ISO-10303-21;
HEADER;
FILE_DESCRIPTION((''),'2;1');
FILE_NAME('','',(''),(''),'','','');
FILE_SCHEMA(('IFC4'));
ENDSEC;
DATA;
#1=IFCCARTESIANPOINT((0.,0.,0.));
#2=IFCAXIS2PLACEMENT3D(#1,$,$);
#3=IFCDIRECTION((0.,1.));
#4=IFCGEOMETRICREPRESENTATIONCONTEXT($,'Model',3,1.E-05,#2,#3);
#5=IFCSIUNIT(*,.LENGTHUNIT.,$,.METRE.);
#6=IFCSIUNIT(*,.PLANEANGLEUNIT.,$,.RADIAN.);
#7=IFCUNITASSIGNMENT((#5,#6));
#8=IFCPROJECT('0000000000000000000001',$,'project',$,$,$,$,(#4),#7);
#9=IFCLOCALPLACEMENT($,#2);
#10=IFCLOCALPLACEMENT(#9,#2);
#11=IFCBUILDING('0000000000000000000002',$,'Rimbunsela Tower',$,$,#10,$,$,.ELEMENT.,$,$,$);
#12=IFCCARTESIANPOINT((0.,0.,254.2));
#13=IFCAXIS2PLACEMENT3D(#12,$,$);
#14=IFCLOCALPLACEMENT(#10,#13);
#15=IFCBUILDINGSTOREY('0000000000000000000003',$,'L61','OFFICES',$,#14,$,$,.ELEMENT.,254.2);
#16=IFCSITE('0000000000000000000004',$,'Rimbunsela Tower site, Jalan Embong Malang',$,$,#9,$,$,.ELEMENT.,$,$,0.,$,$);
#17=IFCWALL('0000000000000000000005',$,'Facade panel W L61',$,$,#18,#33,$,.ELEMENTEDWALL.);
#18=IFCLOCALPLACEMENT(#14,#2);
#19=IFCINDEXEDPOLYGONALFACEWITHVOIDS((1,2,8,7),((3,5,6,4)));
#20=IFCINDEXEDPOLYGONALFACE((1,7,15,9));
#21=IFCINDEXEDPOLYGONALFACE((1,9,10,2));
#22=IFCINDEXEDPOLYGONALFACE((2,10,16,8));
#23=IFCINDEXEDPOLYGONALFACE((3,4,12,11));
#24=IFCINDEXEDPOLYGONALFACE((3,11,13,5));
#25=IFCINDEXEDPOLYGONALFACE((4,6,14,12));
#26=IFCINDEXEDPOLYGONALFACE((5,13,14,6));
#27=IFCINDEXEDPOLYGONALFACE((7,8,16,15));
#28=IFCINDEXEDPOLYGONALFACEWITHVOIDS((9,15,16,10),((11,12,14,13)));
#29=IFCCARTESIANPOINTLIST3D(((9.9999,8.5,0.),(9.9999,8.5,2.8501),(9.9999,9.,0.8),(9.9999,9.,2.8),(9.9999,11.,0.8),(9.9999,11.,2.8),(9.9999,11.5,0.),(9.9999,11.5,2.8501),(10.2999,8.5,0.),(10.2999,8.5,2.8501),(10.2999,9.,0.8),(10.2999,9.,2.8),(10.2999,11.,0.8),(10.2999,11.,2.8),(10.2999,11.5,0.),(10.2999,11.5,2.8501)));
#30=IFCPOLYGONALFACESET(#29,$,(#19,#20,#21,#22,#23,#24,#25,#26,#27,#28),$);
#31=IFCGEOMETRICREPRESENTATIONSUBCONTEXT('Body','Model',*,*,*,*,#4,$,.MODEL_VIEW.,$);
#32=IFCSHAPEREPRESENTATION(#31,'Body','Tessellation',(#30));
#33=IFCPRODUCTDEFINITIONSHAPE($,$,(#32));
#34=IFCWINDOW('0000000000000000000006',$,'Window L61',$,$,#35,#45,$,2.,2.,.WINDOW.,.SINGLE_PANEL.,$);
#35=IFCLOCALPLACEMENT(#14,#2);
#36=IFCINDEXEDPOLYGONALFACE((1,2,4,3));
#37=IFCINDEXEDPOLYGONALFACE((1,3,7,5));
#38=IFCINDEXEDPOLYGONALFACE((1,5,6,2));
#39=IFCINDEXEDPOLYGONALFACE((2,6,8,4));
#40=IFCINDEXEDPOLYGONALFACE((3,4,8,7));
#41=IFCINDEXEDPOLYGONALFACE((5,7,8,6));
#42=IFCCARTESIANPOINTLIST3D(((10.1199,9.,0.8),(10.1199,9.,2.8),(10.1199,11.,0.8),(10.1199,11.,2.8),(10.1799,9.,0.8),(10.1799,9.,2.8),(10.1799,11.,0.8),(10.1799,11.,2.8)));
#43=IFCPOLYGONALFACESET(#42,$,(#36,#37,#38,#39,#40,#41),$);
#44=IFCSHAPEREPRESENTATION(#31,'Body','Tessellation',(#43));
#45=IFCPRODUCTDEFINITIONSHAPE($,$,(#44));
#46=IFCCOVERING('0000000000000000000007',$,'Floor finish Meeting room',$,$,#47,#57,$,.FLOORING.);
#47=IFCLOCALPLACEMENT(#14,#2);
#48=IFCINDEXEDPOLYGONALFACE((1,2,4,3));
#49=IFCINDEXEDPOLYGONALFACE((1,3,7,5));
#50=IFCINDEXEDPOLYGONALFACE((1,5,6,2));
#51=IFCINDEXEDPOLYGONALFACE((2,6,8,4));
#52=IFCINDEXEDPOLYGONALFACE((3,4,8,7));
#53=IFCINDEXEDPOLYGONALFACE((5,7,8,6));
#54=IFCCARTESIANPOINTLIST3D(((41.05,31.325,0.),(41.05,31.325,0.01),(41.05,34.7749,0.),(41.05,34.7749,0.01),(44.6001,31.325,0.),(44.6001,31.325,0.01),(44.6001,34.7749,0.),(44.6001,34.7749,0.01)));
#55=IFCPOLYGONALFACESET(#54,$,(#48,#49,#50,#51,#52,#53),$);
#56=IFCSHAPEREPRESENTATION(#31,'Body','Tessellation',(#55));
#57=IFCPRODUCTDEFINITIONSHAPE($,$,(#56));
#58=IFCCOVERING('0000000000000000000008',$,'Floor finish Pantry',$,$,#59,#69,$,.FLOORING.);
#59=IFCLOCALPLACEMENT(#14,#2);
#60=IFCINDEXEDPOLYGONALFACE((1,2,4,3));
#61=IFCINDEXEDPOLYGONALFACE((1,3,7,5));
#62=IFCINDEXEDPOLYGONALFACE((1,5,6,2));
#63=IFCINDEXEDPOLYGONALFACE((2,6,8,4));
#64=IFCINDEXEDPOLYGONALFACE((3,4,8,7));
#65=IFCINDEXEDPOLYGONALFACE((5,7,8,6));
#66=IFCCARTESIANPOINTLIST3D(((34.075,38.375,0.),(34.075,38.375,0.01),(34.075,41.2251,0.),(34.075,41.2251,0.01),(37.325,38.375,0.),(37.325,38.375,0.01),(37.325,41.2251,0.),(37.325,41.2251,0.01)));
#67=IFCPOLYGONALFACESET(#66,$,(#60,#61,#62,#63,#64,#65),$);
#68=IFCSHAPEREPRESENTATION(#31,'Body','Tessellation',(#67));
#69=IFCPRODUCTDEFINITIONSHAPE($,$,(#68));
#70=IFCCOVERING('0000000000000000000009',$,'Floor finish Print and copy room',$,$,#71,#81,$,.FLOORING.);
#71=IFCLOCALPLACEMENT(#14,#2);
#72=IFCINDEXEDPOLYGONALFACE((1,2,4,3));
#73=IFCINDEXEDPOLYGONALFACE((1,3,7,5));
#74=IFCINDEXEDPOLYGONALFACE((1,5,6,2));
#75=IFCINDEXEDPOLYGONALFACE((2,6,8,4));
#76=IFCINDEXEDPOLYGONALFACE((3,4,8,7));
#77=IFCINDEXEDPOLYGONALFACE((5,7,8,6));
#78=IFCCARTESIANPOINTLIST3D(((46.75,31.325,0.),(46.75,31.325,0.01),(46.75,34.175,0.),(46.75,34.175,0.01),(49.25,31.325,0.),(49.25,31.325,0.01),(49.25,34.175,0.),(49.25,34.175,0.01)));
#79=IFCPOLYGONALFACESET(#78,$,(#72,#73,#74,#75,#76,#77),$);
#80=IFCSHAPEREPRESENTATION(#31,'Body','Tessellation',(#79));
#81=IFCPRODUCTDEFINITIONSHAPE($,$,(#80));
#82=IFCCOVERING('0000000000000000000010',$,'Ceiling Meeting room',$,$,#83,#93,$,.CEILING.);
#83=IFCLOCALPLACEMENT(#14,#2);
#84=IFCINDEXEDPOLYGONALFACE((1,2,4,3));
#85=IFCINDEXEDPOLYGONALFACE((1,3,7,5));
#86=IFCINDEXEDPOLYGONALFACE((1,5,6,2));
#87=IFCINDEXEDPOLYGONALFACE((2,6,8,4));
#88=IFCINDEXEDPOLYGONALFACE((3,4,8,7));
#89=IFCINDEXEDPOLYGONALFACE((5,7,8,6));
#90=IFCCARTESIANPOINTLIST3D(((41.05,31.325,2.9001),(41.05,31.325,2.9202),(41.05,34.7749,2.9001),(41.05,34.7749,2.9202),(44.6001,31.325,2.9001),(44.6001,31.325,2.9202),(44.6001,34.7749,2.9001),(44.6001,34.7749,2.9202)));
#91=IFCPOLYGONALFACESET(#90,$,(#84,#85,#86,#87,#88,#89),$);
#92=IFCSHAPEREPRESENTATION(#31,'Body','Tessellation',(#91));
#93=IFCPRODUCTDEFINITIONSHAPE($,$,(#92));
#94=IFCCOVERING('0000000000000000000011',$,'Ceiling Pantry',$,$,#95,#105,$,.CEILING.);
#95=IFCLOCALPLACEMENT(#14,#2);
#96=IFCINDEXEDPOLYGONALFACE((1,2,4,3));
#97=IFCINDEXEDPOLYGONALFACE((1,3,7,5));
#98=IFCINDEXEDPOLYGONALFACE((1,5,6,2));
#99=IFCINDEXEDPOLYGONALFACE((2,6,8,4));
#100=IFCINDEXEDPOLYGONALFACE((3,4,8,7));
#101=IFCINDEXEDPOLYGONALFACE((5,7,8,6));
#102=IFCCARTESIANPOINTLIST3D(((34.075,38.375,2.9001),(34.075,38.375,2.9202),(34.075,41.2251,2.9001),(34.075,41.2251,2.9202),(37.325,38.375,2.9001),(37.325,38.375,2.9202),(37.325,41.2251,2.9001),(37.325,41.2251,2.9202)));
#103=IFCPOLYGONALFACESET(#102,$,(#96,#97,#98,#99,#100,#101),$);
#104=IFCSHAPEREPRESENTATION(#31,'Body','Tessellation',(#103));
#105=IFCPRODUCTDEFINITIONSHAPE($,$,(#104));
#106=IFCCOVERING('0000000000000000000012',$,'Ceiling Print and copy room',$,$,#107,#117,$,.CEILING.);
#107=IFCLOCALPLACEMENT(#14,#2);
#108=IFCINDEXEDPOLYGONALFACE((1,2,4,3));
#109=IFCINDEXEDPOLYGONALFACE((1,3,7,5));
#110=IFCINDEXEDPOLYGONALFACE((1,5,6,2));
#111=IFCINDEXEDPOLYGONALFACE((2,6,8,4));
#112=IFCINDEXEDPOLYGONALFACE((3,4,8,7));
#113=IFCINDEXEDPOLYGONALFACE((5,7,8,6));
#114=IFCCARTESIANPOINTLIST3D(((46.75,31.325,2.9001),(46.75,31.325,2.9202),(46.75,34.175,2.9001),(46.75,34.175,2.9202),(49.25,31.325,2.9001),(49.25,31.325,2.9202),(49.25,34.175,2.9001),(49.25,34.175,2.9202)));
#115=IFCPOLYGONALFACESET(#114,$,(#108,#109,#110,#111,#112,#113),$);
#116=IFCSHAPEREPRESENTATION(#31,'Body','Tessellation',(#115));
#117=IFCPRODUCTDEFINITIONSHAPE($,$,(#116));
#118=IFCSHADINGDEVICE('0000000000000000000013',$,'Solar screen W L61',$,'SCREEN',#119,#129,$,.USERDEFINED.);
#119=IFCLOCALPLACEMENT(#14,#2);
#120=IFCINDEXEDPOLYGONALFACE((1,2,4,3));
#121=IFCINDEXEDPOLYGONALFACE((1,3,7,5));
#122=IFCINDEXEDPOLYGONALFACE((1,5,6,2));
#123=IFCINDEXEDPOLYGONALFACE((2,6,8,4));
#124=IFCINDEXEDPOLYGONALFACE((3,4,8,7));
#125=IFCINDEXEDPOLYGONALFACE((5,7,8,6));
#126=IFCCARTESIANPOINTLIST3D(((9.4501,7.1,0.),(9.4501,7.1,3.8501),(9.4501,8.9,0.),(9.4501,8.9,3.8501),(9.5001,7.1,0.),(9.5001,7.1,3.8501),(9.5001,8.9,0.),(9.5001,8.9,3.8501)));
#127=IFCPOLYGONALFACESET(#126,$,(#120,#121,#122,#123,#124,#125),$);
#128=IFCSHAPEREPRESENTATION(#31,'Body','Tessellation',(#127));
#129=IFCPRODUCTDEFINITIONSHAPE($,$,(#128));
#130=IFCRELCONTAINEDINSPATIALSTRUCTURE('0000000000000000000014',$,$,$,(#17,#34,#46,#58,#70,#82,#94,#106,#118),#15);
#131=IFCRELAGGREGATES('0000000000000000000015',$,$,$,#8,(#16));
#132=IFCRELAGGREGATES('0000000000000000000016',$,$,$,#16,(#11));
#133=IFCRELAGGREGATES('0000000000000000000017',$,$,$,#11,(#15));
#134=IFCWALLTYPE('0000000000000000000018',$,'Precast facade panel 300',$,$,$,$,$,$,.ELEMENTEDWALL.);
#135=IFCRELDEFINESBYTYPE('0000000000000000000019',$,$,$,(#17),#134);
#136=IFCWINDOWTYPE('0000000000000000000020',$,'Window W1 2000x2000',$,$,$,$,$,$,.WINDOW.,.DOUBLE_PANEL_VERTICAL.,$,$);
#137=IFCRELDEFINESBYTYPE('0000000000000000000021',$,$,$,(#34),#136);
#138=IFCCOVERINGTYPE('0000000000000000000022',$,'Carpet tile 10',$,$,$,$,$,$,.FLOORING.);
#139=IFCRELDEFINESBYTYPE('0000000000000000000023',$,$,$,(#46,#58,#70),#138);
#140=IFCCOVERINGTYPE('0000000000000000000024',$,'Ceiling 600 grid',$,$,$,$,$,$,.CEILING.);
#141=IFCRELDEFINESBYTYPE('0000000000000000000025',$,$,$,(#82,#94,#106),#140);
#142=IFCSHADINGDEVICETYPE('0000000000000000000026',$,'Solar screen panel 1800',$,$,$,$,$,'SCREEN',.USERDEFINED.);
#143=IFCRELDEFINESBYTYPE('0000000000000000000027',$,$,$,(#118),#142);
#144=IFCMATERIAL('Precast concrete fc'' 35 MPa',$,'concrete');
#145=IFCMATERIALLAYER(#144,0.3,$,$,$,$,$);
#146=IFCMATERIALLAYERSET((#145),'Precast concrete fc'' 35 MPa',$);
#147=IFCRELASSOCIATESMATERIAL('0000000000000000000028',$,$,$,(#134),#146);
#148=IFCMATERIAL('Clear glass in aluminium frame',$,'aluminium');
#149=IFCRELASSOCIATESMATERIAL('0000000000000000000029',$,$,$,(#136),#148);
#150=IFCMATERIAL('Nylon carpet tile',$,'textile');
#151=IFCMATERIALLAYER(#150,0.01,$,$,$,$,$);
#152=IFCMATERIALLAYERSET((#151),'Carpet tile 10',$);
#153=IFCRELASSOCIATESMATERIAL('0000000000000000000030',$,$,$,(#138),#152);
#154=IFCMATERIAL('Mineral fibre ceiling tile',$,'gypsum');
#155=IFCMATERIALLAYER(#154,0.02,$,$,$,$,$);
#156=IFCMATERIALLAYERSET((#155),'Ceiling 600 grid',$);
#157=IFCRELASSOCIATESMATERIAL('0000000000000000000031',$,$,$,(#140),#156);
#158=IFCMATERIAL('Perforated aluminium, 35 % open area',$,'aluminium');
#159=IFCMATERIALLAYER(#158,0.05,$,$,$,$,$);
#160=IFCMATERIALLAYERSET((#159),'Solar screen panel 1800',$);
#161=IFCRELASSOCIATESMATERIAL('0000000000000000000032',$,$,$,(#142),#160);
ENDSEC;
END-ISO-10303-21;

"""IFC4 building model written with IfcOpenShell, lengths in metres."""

from ifc_helpers import new_model, si_unit, direction, frame, frame_2d, origin, origin_2d, place, context, subcontext, project, spatial, polyline, rectangle, outline, extrude, material, layer, layer_set, type_object, element, fill, save


model = new_model("IFC4")

# Units and contexts
model_context = context("Model", 3, precision=1e-05, world=origin(), true_north=direction((0.0, 1.0)))
body_context = subcontext(model_context, "Body", "Model", "MODEL_VIEW")
ifc_project = project(units=[si_unit("LENGTHUNIT", "METRE"), si_unit("PLANEANGLEUNIT", "RADIAN")], contexts=[model_context])

# Site, building, storey
site_placement = place(None, origin())
site = spatial("IfcSite", under=ifc_project, at=site_placement, Name="Rimbunsela Tower site, Jalan Embong Malang", CompositionType="ELEMENT", RefElevation=0.0)
building_placement = place(site_placement, origin())
building = spatial("IfcBuilding", under=site, at=building_placement, Name="Rimbunsela Tower", CompositionType="ELEMENT")
storey_placement = place(building_placement, frame((0.0, 0.0, 254.2)))
storey = spatial("IfcBuildingStorey", under=building, at=storey_placement, Name="L61", Description="OFFICES", CompositionType="ELEMENT", Elevation=254.2)

# Shared definitions
ifc_material_1 = material(Name="Precast concrete fc' 35 MPa", Category="concrete")
ifc_layer_1 = layer(ifc_material_1, 0.3)
ifc_layer_set_1 = layer_set([ifc_layer_1], Name="Precast concrete fc' 35 MPa")
wall_type = type_object("IfcWallType", Name="Precast facade panel 300", PredefinedType="ELEMENTEDWALL", material=ifc_layer_set_1)

# Wall, opening, window
wall_1_placement = place(storey_placement, frame((10.1499, 11.5, 0.0), z_axis=(0.0, 0.0, 1.0), x_axis=(0.0, -1.0, 0.0)))
wall_1 = element("IfcWall", 1, at=wall_1_placement, inside=storey, type_object=wall_type, Name="Facade panel W L61", PredefinedType="ELEMENTEDWALL", context=body_context, shape_type="SweptSolid", body=[
    extrude(rectangle(XDim=3.0, YDim=0.3, at=frame_2d((1.5, 0.0))), origin(), (0.0, 0.0, 1.0), 2.8501),
])
opening_placement = place(wall_1_placement, frame((0.5, 0.0, 0.8)))
opening = element("IfcOpeningElement", 2, at=opening_placement, cuts=wall_1, PredefinedType="OPENING", context=body_context, shape_type="SweptSolid", body=[
    extrude(rectangle(XDim=2.0, YDim=2.0, at=frame_2d((1.0, 1.0))), frame((0.0, 0.1599, 0.0), z_axis=(0.0, -1.0, 0.0), x_axis=(1.0, 0.0, 0.0)), (0.0, 0.0, 1.0), 0.3201),
])
ifc_material_2 = material(Name="Clear glass in aluminium frame", Category="aluminium")
window_type = type_object("IfcWindowType", Name="Window W1 2000x2000", PartitioningType="DOUBLE_PANEL_VERTICAL", PredefinedType="WINDOW", material=ifc_material_2)
window_placement = place(opening_placement, origin())
window = element("IfcWindow", 3, at=window_placement, inside=storey, type_object=window_type, Name="Window L61", OverallHeight=2.0, OverallWidth=2.0, PartitioningType="SINGLE_PANEL", PredefinedType="WINDOW", context=body_context, shape_type="SweptSolid", body=[
    extrude(rectangle(XDim=2.0, YDim=2.0, at=frame_2d((1.0, 1.0))), frame((0.0, 0.03, 0.0), z_axis=(0.0, -1.0, 0.0), x_axis=(1.0, 0.0, 0.0)), (0.0, 0.0, 1.0), 0.0601),
])
fill(opening, window)

# Coverings
ifc_material_3 = material(Name="Nylon carpet tile", Category="textile")
ifc_layer_2 = layer(ifc_material_3, 0.01)
ifc_layer_set_2 = layer_set([ifc_layer_2], Name="Carpet tile 10")
covering_type_1 = type_object("IfcCoveringType", Name="Carpet tile 10", PredefinedType="FLOORING", material=ifc_layer_set_2)
covering_1_placement = place(storey_placement, origin())
element("IfcCovering", 4, at=covering_1_placement, inside=storey, type_object=covering_type_1, Name="Floor finish Meeting room", PredefinedType="FLOORING", context=body_context, shape_type="SweptSolid", body=[
    extrude(outline(polyline([(44.6001, 31.325), (44.6001, 34.7749), (41.05, 34.7749), (41.05, 31.325), (44.6001, 31.325)])), origin(), (0.0, 0.0, 1.0), 0.01),
])
covering_2_placement = place(storey_placement, origin())
element("IfcCovering", 5, at=covering_2_placement, inside=storey, type_object=covering_type_1, Name="Floor finish Pantry", PredefinedType="FLOORING", context=body_context, shape_type="SweptSolid", body=[
    extrude(outline(polyline([(37.325, 38.375), (37.325, 41.2251), (34.075, 41.2251), (34.075, 38.375), (37.325, 38.375)])), origin(), (0.0, 0.0, 1.0), 0.01),
])
covering_3_placement = place(storey_placement, origin())
element("IfcCovering", 6, at=covering_3_placement, inside=storey, type_object=covering_type_1, Name="Floor finish Print and copy room", PredefinedType="FLOORING", context=body_context, shape_type="SweptSolid", body=[
    extrude(outline(polyline([(49.25, 31.325), (49.25, 34.175), (46.75, 34.175), (46.75, 31.325), (49.25, 31.325)])), origin(), (0.0, 0.0, 1.0), 0.01),
])
ifc_material_4 = material(Name="Mineral fibre ceiling tile", Category="gypsum")
ifc_layer_3 = layer(ifc_material_4, 0.02)
ifc_layer_set_3 = layer_set([ifc_layer_3], Name="Ceiling 600 grid")
covering_type_2 = type_object("IfcCoveringType", Name="Ceiling 600 grid", PredefinedType="CEILING", material=ifc_layer_set_3)
covering_4_placement = place(storey_placement, frame((0.0, 0.0, 2.9001)))
element("IfcCovering", 7, at=covering_4_placement, inside=storey, type_object=covering_type_2, Name="Ceiling Meeting room", PredefinedType="CEILING", context=body_context, shape_type="SweptSolid", body=[
    extrude(outline(polyline([(44.6001, 31.325), (44.6001, 34.7749), (41.05, 34.7749), (41.05, 31.325), (44.6001, 31.325)])), origin(), (0.0, 0.0, 1.0), 0.02),
])
covering_5_placement = place(storey_placement, frame((0.0, 0.0, 2.9001)))
element("IfcCovering", 8, at=covering_5_placement, inside=storey, type_object=covering_type_2, Name="Ceiling Pantry", PredefinedType="CEILING", context=body_context, shape_type="SweptSolid", body=[
    extrude(outline(polyline([(37.325, 38.375), (37.325, 41.2251), (34.075, 41.2251), (34.075, 38.375), (37.325, 38.375)])), origin(), (0.0, 0.0, 1.0), 0.02),
])
covering_6_placement = place(storey_placement, frame((0.0, 0.0, 2.9001)))
element("IfcCovering", 9, at=covering_6_placement, inside=storey, type_object=covering_type_2, Name="Ceiling Print and copy room", PredefinedType="CEILING", context=body_context, shape_type="SweptSolid", body=[
    extrude(outline(polyline([(49.25, 31.325), (49.25, 34.175), (46.75, 34.175), (46.75, 31.325), (49.25, 31.325)])), origin(), (0.0, 0.0, 1.0), 0.02),
])

# Shading device
ifc_material_5 = material(Name="Perforated aluminium, 35 % open area", Category="aluminium")
ifc_layer_4 = layer(ifc_material_5, 0.05)
ifc_layer_set_4 = layer_set([ifc_layer_4], Name="Solar screen panel 1800")
shading_device_type = type_object("IfcShadingDeviceType", Name="Solar screen panel 1800", ElementType="SCREEN", PredefinedType="USERDEFINED", material=ifc_layer_set_4)
shading_device_placement = place(storey_placement, frame((9.4751, 8.0, 0.0), z_axis=(0.0, 0.0, 1.0), x_axis=(0.0, 1.0, 0.0)))
element("IfcShadingDevice", 10, at=shading_device_placement, inside=storey, type_object=shading_device_type, Name="Solar screen W L61", ObjectType="SCREEN", PredefinedType="USERDEFINED", context=body_context, shape_type="SweptSolid", body=[
    extrude(rectangle(XDim=1.8, YDim=0.05, at=origin_2d()), origin(), (0.0, 0.0, 1.0), 3.8501),
])

save(model, "model.ifc")
